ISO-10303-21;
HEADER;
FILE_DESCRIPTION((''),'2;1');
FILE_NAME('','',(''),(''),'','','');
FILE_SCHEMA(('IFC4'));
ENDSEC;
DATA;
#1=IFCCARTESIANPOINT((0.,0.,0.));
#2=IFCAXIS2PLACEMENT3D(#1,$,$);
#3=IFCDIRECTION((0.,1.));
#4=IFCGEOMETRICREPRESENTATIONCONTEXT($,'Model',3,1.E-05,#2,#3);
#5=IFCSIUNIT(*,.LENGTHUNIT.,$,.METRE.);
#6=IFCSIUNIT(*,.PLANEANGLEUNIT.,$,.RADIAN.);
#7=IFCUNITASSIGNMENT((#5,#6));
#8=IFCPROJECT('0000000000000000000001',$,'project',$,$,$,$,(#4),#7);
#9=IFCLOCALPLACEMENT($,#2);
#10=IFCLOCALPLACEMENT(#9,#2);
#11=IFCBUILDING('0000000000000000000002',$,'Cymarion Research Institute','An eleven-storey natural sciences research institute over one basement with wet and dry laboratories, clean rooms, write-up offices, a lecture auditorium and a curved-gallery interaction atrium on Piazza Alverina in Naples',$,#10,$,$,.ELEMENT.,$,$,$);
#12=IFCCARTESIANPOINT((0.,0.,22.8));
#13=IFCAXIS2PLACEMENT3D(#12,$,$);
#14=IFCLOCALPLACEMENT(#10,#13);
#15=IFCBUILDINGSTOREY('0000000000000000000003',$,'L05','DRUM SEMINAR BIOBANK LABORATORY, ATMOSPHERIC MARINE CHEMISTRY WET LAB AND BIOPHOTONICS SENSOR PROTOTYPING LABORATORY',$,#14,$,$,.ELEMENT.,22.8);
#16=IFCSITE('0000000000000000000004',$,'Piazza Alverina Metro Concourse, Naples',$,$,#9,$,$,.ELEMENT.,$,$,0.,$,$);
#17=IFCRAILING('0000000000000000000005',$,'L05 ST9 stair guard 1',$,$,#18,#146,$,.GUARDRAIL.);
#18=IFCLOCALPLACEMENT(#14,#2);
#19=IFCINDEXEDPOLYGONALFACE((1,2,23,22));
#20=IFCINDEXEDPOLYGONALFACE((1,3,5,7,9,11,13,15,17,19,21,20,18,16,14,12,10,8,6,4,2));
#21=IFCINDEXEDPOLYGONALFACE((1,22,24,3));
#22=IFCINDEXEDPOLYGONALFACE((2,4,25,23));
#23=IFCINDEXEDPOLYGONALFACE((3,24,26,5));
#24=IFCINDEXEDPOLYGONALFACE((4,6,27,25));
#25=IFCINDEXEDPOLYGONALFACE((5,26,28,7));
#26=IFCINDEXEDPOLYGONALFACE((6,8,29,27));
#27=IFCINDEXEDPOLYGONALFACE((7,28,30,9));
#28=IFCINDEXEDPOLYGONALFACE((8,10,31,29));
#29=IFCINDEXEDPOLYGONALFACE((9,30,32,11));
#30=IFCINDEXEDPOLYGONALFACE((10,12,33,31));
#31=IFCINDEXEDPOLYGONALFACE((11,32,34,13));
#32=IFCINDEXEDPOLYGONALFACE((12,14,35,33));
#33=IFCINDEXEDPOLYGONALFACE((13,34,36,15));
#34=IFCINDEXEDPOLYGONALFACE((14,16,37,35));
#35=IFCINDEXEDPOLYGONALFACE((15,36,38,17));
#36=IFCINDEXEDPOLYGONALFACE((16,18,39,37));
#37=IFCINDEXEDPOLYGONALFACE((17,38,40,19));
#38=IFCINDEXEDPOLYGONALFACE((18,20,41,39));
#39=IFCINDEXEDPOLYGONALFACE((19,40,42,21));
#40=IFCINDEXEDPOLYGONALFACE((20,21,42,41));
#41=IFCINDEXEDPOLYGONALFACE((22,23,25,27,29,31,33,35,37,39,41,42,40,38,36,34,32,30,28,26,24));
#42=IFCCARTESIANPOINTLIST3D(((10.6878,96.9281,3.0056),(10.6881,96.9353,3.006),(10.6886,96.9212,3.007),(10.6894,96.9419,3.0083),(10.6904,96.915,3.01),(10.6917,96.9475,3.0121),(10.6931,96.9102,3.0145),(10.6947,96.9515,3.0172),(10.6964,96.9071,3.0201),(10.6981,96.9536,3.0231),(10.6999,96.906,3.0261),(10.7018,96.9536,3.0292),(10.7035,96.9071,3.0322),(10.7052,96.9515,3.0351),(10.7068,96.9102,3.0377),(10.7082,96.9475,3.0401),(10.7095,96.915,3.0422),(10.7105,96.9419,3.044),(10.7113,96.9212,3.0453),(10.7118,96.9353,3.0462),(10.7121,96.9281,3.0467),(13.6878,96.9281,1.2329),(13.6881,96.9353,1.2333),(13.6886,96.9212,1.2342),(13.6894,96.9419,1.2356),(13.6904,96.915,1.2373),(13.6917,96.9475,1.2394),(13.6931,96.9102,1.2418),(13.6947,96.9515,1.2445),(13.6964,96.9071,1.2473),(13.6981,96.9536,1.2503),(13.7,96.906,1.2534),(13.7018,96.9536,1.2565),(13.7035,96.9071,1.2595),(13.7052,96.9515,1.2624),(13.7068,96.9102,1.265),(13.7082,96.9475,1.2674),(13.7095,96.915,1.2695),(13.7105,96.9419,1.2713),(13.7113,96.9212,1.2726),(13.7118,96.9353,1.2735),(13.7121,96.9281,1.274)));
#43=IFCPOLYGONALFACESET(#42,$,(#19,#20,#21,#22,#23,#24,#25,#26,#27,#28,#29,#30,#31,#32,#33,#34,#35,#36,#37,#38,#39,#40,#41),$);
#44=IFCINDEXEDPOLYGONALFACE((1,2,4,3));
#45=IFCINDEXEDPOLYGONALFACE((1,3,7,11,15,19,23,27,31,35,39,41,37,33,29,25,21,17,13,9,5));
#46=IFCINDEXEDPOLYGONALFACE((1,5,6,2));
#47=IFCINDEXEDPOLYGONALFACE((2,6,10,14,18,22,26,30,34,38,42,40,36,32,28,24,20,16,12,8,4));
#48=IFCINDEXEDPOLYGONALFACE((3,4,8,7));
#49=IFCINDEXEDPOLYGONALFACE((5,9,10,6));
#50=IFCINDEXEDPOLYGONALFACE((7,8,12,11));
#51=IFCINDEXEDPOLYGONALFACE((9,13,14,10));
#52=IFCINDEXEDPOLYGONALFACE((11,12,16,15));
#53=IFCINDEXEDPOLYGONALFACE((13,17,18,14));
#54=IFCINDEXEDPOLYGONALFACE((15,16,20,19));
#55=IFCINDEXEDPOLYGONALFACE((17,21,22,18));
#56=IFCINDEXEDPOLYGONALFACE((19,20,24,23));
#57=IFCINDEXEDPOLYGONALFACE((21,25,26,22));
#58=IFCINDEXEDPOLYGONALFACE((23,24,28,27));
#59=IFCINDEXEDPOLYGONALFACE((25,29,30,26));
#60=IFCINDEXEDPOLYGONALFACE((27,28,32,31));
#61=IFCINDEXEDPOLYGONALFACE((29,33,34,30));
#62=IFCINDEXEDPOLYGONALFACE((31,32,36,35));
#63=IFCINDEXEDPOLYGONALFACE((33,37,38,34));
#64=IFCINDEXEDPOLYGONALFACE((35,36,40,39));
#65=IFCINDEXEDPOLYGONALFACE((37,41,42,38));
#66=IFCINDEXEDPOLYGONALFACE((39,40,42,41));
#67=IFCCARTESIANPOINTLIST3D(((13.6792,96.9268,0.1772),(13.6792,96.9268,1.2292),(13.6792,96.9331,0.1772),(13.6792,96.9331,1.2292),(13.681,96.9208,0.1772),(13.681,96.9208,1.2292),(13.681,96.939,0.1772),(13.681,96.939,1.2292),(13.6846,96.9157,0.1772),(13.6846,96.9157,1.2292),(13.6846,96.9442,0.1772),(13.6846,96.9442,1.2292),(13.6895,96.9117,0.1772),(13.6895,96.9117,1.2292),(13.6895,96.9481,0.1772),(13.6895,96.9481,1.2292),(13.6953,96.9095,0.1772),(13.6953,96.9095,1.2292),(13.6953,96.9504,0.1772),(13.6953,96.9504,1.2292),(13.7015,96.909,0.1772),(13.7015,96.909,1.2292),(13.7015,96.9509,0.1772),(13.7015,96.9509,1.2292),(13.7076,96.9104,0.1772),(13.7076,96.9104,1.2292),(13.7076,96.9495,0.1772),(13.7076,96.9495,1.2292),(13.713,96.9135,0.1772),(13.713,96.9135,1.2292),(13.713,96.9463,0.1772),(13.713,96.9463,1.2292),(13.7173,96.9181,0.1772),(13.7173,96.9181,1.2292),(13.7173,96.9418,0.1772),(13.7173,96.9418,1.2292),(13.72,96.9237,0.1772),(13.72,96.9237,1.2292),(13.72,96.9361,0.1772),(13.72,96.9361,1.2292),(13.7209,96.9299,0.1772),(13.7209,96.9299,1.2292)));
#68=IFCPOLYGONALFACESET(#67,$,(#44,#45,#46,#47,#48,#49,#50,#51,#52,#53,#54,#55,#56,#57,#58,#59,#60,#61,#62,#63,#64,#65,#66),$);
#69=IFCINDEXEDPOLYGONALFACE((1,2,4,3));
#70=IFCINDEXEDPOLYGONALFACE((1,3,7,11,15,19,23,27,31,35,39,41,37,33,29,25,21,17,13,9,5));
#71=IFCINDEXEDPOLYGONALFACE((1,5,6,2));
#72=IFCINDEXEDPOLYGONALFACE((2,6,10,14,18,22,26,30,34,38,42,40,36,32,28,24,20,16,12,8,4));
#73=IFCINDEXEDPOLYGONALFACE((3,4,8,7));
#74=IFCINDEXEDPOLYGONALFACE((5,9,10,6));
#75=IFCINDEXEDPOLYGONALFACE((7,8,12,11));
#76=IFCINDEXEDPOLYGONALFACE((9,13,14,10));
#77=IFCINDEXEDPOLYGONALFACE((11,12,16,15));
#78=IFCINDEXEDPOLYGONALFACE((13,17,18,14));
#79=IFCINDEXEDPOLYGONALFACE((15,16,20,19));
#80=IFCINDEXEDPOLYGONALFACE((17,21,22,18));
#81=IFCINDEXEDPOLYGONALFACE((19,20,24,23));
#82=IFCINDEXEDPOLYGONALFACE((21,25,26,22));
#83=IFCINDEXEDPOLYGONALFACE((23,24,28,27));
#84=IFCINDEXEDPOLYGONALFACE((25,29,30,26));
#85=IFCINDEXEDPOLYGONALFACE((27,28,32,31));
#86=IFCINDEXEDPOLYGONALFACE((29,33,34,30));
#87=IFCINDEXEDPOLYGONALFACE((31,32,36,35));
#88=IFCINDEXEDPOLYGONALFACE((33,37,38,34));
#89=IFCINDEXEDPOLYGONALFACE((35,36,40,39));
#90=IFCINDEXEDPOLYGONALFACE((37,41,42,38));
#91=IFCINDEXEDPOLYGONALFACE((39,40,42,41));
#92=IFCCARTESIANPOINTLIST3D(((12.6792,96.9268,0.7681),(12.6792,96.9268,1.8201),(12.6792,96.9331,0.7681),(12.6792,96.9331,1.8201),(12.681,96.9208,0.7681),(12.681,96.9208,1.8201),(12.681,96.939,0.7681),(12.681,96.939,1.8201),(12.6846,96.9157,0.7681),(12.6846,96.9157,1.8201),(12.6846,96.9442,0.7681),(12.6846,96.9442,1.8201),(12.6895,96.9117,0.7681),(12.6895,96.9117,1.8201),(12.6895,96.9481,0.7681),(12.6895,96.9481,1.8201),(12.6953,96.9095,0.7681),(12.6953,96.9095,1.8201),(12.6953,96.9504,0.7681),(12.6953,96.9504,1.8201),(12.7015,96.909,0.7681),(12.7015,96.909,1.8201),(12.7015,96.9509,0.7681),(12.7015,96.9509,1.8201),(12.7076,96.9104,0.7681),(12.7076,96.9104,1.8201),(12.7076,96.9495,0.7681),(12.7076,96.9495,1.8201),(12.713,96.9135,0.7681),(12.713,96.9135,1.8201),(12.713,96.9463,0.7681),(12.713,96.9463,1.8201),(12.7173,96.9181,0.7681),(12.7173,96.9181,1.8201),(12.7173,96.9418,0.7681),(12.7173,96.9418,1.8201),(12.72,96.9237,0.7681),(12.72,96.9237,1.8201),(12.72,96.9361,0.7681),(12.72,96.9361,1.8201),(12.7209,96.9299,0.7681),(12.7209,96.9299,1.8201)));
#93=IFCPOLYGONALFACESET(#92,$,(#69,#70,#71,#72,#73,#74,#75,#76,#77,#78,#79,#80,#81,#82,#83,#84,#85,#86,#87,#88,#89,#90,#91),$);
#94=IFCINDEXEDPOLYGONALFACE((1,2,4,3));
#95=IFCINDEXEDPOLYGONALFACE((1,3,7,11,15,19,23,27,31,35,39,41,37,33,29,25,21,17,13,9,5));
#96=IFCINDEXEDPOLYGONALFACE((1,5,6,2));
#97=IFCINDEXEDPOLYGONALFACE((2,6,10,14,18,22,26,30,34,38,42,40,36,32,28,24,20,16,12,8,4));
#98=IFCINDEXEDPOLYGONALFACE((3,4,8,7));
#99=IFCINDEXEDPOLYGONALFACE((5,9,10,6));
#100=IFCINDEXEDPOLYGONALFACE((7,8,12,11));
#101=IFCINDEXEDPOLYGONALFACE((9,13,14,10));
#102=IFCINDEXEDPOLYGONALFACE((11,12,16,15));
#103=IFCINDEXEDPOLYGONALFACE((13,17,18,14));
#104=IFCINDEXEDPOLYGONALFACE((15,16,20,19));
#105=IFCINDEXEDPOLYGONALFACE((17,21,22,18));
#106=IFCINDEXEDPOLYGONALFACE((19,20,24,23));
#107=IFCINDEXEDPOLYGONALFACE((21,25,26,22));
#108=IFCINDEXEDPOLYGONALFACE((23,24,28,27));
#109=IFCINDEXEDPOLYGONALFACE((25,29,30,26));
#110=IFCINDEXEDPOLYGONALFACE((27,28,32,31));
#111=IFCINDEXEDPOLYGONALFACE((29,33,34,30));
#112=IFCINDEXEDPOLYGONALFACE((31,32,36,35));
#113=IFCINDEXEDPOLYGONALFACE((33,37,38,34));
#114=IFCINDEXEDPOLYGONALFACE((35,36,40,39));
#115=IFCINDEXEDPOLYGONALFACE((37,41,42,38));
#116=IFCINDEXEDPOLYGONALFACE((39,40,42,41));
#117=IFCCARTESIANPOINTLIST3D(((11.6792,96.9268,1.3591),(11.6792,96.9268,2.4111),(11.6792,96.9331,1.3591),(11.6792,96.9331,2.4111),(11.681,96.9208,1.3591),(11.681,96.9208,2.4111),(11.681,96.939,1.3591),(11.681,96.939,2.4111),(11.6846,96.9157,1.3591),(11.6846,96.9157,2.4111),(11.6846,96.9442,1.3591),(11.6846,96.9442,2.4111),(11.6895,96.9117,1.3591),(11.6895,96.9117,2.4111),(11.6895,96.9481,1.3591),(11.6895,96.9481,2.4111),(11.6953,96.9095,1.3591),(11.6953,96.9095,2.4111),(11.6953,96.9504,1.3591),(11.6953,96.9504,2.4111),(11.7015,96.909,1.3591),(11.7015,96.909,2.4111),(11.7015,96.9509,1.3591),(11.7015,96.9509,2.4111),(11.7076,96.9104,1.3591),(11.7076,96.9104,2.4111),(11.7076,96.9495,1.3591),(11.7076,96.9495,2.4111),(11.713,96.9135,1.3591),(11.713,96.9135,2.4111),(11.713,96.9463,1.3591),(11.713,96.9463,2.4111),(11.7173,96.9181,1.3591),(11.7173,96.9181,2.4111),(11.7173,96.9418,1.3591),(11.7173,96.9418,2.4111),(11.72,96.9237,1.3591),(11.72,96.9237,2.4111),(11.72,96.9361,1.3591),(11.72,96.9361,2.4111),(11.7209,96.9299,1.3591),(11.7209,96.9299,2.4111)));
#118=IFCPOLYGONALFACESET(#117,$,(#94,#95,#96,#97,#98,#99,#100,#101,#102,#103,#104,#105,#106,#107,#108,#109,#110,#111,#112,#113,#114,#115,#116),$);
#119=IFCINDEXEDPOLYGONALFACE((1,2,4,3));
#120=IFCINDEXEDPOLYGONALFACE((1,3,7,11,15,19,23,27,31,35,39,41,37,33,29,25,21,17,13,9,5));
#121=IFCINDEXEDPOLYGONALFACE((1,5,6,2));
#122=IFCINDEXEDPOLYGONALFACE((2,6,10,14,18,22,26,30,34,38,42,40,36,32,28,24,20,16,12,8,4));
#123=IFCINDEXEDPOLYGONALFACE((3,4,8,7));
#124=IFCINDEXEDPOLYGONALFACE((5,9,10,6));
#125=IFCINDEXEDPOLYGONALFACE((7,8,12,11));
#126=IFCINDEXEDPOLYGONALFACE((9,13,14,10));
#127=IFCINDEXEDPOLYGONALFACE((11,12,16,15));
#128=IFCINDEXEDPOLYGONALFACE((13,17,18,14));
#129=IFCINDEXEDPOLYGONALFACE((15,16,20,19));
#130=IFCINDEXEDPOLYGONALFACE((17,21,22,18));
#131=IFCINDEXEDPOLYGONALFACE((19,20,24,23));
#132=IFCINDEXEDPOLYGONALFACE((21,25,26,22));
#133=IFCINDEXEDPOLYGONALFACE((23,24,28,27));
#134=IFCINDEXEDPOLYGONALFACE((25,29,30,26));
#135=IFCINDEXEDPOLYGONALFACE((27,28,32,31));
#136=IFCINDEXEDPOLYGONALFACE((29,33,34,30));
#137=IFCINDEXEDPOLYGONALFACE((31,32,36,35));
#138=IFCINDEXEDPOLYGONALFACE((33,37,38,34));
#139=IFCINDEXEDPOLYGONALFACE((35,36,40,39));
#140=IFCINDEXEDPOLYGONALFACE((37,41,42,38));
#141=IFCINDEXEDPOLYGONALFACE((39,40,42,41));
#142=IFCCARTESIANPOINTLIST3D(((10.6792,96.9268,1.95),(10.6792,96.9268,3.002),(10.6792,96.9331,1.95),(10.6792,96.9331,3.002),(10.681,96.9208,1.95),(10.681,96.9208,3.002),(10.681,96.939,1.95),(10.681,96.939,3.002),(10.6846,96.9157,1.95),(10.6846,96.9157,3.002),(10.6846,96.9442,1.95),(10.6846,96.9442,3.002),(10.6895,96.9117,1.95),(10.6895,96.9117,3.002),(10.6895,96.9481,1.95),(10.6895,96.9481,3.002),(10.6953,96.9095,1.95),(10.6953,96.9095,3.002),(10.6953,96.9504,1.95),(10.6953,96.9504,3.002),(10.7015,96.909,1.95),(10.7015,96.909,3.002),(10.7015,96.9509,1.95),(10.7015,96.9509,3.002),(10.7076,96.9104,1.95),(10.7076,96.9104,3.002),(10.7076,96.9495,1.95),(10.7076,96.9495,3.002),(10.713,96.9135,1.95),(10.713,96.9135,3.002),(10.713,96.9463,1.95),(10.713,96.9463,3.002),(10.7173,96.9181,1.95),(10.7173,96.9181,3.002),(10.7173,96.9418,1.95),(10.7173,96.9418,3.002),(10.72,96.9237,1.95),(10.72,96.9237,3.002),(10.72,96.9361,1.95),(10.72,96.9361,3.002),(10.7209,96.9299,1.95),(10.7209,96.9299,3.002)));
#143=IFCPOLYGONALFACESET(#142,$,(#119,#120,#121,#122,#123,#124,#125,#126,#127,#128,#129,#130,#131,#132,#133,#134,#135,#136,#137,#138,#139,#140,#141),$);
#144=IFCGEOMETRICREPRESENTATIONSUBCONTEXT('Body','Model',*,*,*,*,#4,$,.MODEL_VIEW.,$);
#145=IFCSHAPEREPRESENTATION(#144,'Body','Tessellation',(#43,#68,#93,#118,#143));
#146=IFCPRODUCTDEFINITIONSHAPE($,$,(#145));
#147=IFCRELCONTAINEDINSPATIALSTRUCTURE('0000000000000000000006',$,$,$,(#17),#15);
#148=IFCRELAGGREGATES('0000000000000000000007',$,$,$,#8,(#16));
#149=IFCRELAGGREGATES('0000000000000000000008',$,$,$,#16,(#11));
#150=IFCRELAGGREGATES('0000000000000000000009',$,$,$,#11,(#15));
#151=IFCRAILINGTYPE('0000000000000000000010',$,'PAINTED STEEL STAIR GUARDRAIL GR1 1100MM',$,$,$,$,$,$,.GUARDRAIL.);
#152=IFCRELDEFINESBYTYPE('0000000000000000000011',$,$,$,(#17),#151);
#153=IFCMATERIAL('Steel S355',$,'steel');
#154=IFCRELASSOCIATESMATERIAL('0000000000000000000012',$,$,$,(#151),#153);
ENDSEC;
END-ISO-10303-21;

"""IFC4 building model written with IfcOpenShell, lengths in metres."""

from ifc_helpers import new_model, si_unit, direction, frame, origin, origin_2d, place, context, subcontext, project, spatial, circle, extrude, material, type_object, element, save


model = new_model("IFC4")

# Units and contexts
model_context = context("Model", 3, precision=1e-05, world=origin(), true_north=direction((0.0, 1.0)))
body_context = subcontext(model_context, "Body", "Model", "MODEL_VIEW")
ifc_project = project(units=[si_unit("LENGTHUNIT", "METRE"), si_unit("PLANEANGLEUNIT", "RADIAN")], contexts=[model_context])

# Site, building, storey
site_placement = place(None, origin())
site = spatial("IfcSite", under=ifc_project, at=site_placement, Name="Piazza Alverina Metro Concourse, Naples", CompositionType="ELEMENT", RefElevation=0.0)
building_placement = place(site_placement, origin())
building = spatial("IfcBuilding", under=site, at=building_placement, Name="Cymarion Research Institute", Description="An eleven-storey natural sciences research institute over one basement with wet and dry laboratories, clean rooms, write-up offices, a lecture auditorium and a curved-gallery interaction atrium on Piazza Alverina in Naples", CompositionType="ELEMENT")
storey_placement = place(building_placement, frame((0.0, 0.0, 22.8)))
storey = spatial("IfcBuildingStorey", under=building, at=storey_placement, Name="L05", Description="DRUM SEMINAR BIOBANK LABORATORY, ATMOSPHERIC MARINE CHEMISTRY WET LAB AND BIOPHOTONICS SENSOR PROTOTYPING LABORATORY", CompositionType="ELEMENT", Elevation=22.8)

# Railing
ifc_material_1 = material(Name="Steel S355", Category="steel")
railing_type_1 = type_object("IfcRailingType", Name="PAINTED STEEL STAIR GUARDRAIL GR1 1100MM", PredefinedType="GUARDRAIL", material=ifc_material_1)
railing_1_placement = place(storey_placement, frame((13.7, 96.9299, 0.1772)))
element("IfcRailing", 1, at=railing_1_placement, inside=storey, type_object=railing_type_1, Name="L05 ST9 stair guard 1", PredefinedType="GUARDRAIL", context=body_context, shape_type="SweptSolid", body=[
    extrude(circle(Radius=0.0239, at=origin_2d()), frame((0.0, 0.0, 1.0762), z_axis=(-0.860929, 0.0, 0.508725), x_axis=(0.0, -1.0, 0.0)), (0.0, 0.0, 1.0), 3.4846),
    extrude(circle(Radius=0.021, at=origin_2d()), origin(), (0.0, 0.0, 1.0), 1.052),
    extrude(circle(Radius=0.021, at=origin_2d()), frame((-1.0, 0.0, 0.5908)), (0.0, 0.0, 1.0), 1.052),
    extrude(circle(Radius=0.021, at=origin_2d()), frame((-2.0, 0.0, 1.1819)), (0.0, 0.0, 1.0), 1.052),
    extrude(circle(Radius=0.021, at=origin_2d()), frame((-3.0, 0.0, 1.7727)), (0.0, 0.0, 1.0), 1.052),
])

save(model, "model.ifc")
